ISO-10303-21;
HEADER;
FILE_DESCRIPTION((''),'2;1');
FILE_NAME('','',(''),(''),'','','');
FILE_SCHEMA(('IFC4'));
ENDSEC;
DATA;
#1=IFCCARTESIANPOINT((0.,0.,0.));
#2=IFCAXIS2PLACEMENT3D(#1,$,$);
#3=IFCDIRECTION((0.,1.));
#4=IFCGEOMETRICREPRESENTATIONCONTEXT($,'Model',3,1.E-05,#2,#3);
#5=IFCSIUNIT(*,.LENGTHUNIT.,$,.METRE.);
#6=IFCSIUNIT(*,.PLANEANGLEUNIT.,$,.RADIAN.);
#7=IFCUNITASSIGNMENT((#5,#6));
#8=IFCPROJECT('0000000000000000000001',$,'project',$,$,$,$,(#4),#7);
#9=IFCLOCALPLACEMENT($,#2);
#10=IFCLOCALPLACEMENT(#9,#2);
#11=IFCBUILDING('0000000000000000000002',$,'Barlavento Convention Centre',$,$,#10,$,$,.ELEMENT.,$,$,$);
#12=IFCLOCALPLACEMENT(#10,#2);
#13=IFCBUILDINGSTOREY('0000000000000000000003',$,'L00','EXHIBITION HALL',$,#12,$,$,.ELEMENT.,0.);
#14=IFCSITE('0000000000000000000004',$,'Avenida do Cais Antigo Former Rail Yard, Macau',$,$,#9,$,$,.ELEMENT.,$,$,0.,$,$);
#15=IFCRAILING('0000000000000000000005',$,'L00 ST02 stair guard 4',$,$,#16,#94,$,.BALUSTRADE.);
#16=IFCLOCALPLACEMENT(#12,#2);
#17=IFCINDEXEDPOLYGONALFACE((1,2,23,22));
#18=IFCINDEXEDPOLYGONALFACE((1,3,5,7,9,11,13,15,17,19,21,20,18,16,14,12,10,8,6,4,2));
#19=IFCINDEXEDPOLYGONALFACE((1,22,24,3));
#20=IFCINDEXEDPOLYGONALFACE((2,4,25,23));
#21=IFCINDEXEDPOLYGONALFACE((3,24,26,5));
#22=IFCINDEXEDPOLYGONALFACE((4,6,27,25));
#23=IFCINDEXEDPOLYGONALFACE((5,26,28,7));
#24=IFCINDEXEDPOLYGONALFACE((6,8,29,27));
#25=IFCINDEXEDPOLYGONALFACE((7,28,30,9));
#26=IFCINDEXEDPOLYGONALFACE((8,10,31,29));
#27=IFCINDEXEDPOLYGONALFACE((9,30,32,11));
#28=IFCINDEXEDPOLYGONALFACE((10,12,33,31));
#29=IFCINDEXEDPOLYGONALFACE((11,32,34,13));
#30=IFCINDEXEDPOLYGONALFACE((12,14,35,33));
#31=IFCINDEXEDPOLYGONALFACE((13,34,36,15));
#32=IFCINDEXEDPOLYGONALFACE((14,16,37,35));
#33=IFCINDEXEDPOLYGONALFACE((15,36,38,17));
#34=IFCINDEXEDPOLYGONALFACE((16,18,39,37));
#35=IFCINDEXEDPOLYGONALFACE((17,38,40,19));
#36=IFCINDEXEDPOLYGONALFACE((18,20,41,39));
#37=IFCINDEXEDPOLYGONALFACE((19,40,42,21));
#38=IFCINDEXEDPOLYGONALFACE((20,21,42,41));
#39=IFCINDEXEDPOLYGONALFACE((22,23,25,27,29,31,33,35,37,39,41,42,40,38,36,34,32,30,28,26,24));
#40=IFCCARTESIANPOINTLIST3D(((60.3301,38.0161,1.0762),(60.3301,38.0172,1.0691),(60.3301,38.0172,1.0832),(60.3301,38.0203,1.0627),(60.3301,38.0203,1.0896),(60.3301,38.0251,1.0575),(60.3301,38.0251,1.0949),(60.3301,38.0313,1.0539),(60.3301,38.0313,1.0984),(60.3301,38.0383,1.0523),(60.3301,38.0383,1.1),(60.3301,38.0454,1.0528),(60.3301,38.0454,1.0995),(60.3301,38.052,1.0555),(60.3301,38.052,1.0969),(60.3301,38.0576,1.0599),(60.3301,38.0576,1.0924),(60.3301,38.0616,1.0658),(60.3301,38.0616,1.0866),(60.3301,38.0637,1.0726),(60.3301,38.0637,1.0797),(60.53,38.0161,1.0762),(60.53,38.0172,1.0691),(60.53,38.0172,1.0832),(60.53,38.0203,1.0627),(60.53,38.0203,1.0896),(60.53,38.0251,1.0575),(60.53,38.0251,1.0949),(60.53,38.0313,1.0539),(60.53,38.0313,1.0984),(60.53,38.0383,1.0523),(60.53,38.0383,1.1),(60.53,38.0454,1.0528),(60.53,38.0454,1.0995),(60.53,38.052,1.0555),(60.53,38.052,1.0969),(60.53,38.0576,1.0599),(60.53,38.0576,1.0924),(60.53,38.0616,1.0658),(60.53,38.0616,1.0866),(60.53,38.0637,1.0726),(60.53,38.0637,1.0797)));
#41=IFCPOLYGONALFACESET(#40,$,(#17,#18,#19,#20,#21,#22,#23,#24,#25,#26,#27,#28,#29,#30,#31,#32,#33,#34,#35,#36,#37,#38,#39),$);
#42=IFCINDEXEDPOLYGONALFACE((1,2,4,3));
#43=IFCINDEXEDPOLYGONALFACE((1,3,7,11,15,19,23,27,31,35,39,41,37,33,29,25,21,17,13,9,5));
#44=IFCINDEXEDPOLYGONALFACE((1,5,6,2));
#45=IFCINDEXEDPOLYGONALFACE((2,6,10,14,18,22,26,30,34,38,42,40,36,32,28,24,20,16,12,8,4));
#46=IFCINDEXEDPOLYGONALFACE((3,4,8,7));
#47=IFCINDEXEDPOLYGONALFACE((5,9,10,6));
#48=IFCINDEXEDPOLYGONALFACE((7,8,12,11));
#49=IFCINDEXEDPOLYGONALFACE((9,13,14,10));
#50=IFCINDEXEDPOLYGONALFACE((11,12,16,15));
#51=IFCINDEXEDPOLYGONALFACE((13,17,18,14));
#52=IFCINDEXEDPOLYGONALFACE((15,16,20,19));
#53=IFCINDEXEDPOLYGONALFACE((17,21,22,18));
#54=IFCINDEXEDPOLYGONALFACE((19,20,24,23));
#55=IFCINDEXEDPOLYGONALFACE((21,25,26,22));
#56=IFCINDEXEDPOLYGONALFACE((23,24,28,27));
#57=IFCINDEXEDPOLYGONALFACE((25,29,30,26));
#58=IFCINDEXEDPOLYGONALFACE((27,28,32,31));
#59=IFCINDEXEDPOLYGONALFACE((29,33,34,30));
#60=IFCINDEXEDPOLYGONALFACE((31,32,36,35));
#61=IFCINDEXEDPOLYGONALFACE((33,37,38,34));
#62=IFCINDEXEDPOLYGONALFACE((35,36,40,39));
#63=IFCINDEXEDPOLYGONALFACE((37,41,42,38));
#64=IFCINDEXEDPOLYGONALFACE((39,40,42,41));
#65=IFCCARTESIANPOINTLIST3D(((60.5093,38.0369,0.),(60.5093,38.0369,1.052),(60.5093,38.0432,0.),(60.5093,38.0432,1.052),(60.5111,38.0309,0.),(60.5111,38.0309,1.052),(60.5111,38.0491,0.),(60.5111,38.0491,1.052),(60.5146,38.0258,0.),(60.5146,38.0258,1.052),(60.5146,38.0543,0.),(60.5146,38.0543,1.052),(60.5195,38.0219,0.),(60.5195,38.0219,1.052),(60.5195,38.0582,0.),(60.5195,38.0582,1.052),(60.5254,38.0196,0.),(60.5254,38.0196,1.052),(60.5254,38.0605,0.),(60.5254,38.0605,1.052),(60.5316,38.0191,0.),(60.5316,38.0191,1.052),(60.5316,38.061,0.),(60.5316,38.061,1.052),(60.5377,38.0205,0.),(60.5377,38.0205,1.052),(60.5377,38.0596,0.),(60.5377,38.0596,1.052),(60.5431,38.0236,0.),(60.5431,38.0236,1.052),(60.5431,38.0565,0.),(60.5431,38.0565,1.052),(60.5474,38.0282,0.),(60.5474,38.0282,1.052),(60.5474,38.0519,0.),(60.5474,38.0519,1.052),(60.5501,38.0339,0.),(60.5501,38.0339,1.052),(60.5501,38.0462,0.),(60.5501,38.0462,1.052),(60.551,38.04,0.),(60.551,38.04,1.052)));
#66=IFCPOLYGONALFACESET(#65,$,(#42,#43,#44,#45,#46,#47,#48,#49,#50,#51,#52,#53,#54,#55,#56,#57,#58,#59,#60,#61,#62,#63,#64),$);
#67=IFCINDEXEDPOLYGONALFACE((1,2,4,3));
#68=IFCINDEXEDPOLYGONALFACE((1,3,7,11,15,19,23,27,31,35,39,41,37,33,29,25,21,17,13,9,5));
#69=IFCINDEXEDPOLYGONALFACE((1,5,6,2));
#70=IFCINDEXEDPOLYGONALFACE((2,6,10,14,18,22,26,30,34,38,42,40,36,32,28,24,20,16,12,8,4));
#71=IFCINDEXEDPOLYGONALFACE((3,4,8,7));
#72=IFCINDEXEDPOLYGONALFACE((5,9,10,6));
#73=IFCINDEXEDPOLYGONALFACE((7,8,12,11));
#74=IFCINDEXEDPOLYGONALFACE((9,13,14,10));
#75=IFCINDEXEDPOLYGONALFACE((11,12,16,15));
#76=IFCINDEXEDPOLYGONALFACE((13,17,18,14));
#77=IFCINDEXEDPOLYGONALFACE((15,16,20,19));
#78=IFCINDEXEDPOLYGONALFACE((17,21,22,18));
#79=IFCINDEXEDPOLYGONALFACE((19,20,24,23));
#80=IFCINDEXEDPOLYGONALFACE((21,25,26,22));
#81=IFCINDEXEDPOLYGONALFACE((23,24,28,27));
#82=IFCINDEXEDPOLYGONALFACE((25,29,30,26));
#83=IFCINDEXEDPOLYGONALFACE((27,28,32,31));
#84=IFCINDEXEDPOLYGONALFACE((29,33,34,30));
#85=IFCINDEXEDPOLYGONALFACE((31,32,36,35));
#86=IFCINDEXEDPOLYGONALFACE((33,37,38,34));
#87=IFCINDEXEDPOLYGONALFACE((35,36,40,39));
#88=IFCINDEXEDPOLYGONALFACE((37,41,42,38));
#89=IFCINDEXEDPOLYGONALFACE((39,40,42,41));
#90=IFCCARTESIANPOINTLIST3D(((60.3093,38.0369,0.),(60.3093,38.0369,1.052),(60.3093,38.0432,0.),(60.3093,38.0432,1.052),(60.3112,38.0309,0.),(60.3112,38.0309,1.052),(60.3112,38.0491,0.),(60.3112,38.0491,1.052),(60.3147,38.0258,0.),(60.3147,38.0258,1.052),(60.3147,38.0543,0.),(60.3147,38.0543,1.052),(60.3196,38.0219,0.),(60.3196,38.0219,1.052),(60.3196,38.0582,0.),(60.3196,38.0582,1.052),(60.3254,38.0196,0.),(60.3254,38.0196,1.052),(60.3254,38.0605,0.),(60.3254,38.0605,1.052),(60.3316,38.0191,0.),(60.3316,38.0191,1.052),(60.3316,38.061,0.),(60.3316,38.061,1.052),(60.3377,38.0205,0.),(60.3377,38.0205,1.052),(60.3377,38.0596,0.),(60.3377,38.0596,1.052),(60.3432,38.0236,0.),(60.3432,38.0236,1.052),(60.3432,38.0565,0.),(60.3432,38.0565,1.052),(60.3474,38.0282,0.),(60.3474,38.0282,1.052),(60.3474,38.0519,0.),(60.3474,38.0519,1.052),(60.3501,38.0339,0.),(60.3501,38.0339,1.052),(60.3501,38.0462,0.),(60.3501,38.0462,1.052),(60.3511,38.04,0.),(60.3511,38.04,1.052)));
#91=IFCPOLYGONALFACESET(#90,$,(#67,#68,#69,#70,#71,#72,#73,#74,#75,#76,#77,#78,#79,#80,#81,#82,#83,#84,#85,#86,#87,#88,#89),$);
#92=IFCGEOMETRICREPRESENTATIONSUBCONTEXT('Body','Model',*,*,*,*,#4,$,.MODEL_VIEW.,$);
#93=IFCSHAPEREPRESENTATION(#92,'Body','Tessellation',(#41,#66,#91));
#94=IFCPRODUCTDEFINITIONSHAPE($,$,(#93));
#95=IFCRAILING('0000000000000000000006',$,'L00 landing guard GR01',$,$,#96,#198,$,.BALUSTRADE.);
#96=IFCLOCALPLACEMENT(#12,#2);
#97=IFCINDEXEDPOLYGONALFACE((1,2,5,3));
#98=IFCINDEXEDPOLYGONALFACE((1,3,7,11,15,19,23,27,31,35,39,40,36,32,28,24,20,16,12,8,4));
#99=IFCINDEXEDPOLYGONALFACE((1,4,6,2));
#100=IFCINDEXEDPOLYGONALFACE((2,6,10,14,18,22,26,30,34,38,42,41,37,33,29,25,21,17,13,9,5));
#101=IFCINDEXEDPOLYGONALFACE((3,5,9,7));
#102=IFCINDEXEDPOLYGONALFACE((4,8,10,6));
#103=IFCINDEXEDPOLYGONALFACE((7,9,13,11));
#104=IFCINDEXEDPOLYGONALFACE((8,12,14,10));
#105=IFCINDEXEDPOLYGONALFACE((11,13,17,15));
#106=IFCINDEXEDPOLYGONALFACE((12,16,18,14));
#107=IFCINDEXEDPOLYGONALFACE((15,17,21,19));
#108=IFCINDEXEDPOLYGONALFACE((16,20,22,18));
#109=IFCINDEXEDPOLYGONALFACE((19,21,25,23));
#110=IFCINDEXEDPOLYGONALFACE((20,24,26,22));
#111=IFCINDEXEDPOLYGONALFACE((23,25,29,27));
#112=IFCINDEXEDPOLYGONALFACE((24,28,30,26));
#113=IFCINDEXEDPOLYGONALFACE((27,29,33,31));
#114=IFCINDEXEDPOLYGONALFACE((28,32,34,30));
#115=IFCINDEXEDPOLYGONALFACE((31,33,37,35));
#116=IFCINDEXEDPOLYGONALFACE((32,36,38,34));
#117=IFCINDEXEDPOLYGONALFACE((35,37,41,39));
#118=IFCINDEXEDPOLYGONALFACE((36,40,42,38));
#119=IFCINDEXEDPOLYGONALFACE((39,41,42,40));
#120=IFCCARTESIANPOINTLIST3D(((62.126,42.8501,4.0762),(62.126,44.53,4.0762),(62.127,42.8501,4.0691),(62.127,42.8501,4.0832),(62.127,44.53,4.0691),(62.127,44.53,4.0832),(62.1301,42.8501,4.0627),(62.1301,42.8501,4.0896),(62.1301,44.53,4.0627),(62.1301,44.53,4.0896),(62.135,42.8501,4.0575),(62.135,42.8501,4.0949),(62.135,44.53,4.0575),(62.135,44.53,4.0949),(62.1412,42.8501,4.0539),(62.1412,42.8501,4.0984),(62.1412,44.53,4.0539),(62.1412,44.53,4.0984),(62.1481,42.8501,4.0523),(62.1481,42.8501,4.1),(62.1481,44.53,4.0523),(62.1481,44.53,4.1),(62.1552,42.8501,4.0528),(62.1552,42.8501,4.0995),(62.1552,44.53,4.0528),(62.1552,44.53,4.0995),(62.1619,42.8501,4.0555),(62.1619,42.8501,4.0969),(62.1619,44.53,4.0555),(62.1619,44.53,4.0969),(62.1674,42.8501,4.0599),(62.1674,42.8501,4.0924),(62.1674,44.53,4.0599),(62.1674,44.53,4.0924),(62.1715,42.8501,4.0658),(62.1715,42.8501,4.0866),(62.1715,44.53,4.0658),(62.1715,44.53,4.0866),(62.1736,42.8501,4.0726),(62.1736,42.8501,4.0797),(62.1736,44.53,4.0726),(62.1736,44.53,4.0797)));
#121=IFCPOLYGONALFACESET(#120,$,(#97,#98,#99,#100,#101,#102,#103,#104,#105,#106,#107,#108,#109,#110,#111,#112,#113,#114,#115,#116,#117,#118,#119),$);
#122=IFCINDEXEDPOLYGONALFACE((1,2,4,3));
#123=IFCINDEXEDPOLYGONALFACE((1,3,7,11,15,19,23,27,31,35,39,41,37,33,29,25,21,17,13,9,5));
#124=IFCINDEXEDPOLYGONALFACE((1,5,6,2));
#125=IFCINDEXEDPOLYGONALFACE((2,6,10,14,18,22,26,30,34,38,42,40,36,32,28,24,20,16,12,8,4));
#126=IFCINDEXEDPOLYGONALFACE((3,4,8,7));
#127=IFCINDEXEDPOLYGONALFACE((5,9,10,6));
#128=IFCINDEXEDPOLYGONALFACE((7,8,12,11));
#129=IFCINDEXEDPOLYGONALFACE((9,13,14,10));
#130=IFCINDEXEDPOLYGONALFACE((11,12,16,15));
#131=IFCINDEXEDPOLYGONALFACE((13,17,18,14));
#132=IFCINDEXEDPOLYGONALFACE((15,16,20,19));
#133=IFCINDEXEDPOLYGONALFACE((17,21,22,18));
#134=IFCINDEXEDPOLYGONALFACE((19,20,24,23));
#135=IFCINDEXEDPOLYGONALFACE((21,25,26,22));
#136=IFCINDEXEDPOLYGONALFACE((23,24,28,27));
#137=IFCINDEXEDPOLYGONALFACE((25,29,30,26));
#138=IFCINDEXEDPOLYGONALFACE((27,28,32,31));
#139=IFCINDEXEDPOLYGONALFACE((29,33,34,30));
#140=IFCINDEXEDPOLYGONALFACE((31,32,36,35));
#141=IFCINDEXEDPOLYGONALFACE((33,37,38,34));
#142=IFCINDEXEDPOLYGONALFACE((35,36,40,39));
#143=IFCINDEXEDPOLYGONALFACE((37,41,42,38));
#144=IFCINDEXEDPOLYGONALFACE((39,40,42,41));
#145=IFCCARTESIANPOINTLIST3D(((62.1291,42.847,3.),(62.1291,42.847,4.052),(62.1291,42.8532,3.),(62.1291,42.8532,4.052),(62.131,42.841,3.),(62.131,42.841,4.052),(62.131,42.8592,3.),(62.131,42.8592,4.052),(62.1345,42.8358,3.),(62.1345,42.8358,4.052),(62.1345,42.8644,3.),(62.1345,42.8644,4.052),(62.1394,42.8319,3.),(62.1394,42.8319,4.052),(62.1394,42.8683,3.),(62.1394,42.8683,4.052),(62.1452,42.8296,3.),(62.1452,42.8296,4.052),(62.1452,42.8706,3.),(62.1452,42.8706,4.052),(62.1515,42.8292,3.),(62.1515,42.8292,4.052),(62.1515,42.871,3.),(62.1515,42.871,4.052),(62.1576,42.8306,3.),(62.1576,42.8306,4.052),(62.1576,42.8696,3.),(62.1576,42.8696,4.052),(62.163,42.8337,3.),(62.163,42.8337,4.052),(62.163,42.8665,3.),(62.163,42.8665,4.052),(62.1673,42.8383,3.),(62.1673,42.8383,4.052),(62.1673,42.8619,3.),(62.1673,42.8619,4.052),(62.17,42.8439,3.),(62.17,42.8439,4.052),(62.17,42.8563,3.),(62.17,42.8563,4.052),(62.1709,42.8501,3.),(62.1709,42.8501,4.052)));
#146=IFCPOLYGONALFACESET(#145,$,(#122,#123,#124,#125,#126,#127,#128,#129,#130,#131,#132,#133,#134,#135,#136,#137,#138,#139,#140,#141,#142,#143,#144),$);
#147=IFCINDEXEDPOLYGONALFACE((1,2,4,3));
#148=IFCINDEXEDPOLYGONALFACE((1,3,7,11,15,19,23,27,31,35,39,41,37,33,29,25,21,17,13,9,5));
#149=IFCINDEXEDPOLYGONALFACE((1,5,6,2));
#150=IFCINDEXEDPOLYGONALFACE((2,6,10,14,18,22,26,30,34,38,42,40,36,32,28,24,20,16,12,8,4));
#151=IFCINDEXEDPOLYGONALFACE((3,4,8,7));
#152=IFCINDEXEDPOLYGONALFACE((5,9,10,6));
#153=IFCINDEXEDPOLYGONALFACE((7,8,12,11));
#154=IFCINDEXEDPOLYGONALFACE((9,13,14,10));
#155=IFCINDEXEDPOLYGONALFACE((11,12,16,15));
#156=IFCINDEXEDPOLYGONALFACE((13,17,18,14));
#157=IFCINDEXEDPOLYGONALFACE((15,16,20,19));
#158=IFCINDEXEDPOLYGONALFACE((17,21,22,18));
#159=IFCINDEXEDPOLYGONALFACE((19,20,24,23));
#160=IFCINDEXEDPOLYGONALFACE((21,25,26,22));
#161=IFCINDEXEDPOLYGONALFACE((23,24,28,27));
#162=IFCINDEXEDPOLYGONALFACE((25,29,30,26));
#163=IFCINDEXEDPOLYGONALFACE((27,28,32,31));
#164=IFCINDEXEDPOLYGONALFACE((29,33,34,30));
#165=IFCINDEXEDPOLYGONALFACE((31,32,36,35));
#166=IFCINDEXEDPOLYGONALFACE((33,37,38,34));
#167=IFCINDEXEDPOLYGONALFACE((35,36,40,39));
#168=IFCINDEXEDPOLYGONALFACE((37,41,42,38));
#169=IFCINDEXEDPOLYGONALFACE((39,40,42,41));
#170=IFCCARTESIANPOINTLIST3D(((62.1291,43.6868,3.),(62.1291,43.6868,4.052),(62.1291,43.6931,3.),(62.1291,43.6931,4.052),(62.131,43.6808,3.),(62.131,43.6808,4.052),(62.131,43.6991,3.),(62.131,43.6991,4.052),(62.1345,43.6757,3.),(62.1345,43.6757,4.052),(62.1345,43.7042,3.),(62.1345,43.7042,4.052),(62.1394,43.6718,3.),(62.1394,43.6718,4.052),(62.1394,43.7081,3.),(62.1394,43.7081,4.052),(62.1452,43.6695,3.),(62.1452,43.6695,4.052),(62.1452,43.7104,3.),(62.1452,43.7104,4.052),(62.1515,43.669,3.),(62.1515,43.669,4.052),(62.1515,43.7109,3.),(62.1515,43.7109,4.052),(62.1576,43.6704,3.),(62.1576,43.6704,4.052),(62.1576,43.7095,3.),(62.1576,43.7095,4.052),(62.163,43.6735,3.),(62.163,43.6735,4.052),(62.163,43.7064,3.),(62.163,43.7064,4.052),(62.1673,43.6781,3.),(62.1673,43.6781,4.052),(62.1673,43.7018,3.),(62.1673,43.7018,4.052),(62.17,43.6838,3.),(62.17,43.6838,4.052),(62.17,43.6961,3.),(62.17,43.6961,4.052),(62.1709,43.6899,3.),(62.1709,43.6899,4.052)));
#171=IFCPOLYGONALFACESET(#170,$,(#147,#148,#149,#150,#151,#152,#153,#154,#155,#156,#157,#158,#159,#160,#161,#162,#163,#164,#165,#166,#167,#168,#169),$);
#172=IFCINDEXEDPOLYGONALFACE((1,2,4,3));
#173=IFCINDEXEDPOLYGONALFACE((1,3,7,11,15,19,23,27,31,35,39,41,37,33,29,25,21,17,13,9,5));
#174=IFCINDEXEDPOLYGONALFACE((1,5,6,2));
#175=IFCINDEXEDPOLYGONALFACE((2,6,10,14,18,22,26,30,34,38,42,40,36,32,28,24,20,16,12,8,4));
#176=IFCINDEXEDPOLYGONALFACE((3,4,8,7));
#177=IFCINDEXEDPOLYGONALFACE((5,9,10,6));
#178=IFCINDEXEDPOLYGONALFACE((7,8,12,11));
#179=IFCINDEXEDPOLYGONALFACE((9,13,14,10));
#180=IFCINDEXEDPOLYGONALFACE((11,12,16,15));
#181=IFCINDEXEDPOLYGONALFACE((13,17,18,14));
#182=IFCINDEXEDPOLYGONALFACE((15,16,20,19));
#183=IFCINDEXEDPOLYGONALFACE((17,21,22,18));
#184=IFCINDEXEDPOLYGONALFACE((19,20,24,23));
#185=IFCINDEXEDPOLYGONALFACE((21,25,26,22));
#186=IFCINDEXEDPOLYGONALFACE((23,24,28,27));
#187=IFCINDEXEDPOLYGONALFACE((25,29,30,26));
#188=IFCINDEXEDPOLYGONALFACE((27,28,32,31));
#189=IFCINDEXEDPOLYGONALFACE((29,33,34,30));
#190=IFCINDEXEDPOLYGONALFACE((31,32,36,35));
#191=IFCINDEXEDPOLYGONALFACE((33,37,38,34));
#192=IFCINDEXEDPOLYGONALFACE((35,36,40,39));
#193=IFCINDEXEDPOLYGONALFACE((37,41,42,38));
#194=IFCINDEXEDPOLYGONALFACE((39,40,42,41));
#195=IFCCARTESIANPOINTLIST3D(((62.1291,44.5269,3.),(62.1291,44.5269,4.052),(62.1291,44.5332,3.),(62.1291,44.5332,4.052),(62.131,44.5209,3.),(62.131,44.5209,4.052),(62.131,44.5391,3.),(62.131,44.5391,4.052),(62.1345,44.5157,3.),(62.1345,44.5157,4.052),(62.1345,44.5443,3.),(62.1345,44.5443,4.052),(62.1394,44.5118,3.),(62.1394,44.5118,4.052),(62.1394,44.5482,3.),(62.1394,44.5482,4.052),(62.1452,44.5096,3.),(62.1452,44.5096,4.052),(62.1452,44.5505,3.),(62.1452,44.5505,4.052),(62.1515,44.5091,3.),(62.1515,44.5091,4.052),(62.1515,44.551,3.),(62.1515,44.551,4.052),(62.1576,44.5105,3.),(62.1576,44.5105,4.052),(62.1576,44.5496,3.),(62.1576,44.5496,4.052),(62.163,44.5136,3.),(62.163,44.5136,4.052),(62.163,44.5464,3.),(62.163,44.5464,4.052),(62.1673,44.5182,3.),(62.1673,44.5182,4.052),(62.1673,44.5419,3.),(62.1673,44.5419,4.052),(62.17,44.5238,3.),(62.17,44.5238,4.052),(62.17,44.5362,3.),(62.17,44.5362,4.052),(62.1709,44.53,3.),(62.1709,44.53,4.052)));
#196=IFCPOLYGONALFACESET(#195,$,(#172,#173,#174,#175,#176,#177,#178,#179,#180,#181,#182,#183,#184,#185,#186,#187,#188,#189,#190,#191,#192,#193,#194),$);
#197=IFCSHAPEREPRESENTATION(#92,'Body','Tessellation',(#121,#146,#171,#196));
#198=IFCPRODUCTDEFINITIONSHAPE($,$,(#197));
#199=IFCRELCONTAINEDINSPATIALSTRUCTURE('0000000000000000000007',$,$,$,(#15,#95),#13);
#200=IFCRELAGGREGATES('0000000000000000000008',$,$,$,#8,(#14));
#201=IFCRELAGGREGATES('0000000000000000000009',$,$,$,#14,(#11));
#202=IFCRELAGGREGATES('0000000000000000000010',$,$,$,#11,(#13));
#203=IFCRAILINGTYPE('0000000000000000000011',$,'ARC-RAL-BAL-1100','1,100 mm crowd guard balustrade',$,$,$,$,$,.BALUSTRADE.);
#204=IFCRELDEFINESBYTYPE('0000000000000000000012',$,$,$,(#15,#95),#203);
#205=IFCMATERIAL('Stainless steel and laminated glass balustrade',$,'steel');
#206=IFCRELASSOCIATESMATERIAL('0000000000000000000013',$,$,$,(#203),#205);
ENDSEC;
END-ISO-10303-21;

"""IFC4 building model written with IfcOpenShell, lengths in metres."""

from ifc_helpers import new_model, si_unit, direction, frame, origin, origin_2d, place, context, subcontext, project, spatial, circle, extrude, material, type_object, element, save


model = new_model("IFC4")

# Units and contexts
model_context = context("Model", 3, precision=1e-05, world=origin(), true_north=direction((0.0, 1.0)))
body_context = subcontext(model_context, "Body", "Model", "MODEL_VIEW")
ifc_project = project(units=[si_unit("LENGTHUNIT", "METRE"), si_unit("PLANEANGLEUNIT", "RADIAN")], contexts=[model_context])

# Site, building, storey
site_placement = place(None, origin())
site = spatial("IfcSite", under=ifc_project, at=site_placement, Name="Avenida do Cais Antigo Former Rail Yard, Macau", CompositionType="ELEMENT", RefElevation=0.0)
building_placement = place(site_placement, origin())
building = spatial("IfcBuilding", under=site, at=building_placement, Name="Barlavento Convention Centre", CompositionType="ELEMENT")
storey_placement = place(building_placement, origin())
storey = spatial("IfcBuildingStorey", under=building, at=storey_placement, Name="L00", Description="EXHIBITION HALL", CompositionType="ELEMENT", Elevation=0.0)

# Railings
ifc_material_1 = material(Name="Stainless steel and laminated glass balustrade", Category="steel")
railing_type_1 = type_object("IfcRailingType", Name="ARC-RAL-BAL-1100", Description="1,100 mm crowd guard balustrade", PredefinedType="BALUSTRADE", material=ifc_material_1)
railing_1_placement = place(storey_placement, frame((60.53, 38.04, 0.0)))
element("IfcRailing", 1, at=railing_1_placement, inside=storey, type_object=railing_type_1, Name="L00 ST02 stair guard 4", PredefinedType="BALUSTRADE", context=body_context, shape_type="SweptSolid", body=[
    extrude(circle(Radius=0.0239, at=origin_2d()), frame((0.0, 0.0, 1.0762), z_axis=(-1.0, 0.0, 0.0), x_axis=(0.0, -1.0, 0.0)), (0.0, 0.0, 1.0), 0.2),
    extrude(circle(Radius=0.021, at=origin_2d()), origin(), (0.0, 0.0, 1.0), 1.052),
    extrude(circle(Radius=0.021, at=origin_2d()), frame((-0.2, 0.0, 0.0)), (0.0, 0.0, 1.0), 1.052),
])
for number, where, name in (
    (2, (62.1499, 42.8501, 3.0), "L00 landing guard GR01"),
):
    element("IfcRailing", number, at=place(storey_placement, frame(where)), inside=storey, type_object=railing_type_1, Name=name, PredefinedType="BALUSTRADE", context=body_context, shape_type="SweptSolid", body=[
        extrude(circle(Radius=0.0239, at=origin_2d()), frame((0.0, 0.0, 1.0762), z_axis=(0.0, 1.0, 0.0), x_axis=(-1.0, 0.0, 0.0)), (0.0, 0.0, 1.0), 1.6799),
        extrude(circle(Radius=0.021, at=origin_2d()), origin(), (0.0, 0.0, 1.0), 1.052),
        extrude(circle(Radius=0.021, at=origin_2d()), frame((0.0, 0.8398, 0.0)), (0.0, 0.0, 1.0), 1.052),
        extrude(circle(Radius=0.021, at=origin_2d()), frame((0.0, 1.6799, 0.0)), (0.0, 0.0, 1.0), 1.052),
    ])

save(model, "model.ifc")
